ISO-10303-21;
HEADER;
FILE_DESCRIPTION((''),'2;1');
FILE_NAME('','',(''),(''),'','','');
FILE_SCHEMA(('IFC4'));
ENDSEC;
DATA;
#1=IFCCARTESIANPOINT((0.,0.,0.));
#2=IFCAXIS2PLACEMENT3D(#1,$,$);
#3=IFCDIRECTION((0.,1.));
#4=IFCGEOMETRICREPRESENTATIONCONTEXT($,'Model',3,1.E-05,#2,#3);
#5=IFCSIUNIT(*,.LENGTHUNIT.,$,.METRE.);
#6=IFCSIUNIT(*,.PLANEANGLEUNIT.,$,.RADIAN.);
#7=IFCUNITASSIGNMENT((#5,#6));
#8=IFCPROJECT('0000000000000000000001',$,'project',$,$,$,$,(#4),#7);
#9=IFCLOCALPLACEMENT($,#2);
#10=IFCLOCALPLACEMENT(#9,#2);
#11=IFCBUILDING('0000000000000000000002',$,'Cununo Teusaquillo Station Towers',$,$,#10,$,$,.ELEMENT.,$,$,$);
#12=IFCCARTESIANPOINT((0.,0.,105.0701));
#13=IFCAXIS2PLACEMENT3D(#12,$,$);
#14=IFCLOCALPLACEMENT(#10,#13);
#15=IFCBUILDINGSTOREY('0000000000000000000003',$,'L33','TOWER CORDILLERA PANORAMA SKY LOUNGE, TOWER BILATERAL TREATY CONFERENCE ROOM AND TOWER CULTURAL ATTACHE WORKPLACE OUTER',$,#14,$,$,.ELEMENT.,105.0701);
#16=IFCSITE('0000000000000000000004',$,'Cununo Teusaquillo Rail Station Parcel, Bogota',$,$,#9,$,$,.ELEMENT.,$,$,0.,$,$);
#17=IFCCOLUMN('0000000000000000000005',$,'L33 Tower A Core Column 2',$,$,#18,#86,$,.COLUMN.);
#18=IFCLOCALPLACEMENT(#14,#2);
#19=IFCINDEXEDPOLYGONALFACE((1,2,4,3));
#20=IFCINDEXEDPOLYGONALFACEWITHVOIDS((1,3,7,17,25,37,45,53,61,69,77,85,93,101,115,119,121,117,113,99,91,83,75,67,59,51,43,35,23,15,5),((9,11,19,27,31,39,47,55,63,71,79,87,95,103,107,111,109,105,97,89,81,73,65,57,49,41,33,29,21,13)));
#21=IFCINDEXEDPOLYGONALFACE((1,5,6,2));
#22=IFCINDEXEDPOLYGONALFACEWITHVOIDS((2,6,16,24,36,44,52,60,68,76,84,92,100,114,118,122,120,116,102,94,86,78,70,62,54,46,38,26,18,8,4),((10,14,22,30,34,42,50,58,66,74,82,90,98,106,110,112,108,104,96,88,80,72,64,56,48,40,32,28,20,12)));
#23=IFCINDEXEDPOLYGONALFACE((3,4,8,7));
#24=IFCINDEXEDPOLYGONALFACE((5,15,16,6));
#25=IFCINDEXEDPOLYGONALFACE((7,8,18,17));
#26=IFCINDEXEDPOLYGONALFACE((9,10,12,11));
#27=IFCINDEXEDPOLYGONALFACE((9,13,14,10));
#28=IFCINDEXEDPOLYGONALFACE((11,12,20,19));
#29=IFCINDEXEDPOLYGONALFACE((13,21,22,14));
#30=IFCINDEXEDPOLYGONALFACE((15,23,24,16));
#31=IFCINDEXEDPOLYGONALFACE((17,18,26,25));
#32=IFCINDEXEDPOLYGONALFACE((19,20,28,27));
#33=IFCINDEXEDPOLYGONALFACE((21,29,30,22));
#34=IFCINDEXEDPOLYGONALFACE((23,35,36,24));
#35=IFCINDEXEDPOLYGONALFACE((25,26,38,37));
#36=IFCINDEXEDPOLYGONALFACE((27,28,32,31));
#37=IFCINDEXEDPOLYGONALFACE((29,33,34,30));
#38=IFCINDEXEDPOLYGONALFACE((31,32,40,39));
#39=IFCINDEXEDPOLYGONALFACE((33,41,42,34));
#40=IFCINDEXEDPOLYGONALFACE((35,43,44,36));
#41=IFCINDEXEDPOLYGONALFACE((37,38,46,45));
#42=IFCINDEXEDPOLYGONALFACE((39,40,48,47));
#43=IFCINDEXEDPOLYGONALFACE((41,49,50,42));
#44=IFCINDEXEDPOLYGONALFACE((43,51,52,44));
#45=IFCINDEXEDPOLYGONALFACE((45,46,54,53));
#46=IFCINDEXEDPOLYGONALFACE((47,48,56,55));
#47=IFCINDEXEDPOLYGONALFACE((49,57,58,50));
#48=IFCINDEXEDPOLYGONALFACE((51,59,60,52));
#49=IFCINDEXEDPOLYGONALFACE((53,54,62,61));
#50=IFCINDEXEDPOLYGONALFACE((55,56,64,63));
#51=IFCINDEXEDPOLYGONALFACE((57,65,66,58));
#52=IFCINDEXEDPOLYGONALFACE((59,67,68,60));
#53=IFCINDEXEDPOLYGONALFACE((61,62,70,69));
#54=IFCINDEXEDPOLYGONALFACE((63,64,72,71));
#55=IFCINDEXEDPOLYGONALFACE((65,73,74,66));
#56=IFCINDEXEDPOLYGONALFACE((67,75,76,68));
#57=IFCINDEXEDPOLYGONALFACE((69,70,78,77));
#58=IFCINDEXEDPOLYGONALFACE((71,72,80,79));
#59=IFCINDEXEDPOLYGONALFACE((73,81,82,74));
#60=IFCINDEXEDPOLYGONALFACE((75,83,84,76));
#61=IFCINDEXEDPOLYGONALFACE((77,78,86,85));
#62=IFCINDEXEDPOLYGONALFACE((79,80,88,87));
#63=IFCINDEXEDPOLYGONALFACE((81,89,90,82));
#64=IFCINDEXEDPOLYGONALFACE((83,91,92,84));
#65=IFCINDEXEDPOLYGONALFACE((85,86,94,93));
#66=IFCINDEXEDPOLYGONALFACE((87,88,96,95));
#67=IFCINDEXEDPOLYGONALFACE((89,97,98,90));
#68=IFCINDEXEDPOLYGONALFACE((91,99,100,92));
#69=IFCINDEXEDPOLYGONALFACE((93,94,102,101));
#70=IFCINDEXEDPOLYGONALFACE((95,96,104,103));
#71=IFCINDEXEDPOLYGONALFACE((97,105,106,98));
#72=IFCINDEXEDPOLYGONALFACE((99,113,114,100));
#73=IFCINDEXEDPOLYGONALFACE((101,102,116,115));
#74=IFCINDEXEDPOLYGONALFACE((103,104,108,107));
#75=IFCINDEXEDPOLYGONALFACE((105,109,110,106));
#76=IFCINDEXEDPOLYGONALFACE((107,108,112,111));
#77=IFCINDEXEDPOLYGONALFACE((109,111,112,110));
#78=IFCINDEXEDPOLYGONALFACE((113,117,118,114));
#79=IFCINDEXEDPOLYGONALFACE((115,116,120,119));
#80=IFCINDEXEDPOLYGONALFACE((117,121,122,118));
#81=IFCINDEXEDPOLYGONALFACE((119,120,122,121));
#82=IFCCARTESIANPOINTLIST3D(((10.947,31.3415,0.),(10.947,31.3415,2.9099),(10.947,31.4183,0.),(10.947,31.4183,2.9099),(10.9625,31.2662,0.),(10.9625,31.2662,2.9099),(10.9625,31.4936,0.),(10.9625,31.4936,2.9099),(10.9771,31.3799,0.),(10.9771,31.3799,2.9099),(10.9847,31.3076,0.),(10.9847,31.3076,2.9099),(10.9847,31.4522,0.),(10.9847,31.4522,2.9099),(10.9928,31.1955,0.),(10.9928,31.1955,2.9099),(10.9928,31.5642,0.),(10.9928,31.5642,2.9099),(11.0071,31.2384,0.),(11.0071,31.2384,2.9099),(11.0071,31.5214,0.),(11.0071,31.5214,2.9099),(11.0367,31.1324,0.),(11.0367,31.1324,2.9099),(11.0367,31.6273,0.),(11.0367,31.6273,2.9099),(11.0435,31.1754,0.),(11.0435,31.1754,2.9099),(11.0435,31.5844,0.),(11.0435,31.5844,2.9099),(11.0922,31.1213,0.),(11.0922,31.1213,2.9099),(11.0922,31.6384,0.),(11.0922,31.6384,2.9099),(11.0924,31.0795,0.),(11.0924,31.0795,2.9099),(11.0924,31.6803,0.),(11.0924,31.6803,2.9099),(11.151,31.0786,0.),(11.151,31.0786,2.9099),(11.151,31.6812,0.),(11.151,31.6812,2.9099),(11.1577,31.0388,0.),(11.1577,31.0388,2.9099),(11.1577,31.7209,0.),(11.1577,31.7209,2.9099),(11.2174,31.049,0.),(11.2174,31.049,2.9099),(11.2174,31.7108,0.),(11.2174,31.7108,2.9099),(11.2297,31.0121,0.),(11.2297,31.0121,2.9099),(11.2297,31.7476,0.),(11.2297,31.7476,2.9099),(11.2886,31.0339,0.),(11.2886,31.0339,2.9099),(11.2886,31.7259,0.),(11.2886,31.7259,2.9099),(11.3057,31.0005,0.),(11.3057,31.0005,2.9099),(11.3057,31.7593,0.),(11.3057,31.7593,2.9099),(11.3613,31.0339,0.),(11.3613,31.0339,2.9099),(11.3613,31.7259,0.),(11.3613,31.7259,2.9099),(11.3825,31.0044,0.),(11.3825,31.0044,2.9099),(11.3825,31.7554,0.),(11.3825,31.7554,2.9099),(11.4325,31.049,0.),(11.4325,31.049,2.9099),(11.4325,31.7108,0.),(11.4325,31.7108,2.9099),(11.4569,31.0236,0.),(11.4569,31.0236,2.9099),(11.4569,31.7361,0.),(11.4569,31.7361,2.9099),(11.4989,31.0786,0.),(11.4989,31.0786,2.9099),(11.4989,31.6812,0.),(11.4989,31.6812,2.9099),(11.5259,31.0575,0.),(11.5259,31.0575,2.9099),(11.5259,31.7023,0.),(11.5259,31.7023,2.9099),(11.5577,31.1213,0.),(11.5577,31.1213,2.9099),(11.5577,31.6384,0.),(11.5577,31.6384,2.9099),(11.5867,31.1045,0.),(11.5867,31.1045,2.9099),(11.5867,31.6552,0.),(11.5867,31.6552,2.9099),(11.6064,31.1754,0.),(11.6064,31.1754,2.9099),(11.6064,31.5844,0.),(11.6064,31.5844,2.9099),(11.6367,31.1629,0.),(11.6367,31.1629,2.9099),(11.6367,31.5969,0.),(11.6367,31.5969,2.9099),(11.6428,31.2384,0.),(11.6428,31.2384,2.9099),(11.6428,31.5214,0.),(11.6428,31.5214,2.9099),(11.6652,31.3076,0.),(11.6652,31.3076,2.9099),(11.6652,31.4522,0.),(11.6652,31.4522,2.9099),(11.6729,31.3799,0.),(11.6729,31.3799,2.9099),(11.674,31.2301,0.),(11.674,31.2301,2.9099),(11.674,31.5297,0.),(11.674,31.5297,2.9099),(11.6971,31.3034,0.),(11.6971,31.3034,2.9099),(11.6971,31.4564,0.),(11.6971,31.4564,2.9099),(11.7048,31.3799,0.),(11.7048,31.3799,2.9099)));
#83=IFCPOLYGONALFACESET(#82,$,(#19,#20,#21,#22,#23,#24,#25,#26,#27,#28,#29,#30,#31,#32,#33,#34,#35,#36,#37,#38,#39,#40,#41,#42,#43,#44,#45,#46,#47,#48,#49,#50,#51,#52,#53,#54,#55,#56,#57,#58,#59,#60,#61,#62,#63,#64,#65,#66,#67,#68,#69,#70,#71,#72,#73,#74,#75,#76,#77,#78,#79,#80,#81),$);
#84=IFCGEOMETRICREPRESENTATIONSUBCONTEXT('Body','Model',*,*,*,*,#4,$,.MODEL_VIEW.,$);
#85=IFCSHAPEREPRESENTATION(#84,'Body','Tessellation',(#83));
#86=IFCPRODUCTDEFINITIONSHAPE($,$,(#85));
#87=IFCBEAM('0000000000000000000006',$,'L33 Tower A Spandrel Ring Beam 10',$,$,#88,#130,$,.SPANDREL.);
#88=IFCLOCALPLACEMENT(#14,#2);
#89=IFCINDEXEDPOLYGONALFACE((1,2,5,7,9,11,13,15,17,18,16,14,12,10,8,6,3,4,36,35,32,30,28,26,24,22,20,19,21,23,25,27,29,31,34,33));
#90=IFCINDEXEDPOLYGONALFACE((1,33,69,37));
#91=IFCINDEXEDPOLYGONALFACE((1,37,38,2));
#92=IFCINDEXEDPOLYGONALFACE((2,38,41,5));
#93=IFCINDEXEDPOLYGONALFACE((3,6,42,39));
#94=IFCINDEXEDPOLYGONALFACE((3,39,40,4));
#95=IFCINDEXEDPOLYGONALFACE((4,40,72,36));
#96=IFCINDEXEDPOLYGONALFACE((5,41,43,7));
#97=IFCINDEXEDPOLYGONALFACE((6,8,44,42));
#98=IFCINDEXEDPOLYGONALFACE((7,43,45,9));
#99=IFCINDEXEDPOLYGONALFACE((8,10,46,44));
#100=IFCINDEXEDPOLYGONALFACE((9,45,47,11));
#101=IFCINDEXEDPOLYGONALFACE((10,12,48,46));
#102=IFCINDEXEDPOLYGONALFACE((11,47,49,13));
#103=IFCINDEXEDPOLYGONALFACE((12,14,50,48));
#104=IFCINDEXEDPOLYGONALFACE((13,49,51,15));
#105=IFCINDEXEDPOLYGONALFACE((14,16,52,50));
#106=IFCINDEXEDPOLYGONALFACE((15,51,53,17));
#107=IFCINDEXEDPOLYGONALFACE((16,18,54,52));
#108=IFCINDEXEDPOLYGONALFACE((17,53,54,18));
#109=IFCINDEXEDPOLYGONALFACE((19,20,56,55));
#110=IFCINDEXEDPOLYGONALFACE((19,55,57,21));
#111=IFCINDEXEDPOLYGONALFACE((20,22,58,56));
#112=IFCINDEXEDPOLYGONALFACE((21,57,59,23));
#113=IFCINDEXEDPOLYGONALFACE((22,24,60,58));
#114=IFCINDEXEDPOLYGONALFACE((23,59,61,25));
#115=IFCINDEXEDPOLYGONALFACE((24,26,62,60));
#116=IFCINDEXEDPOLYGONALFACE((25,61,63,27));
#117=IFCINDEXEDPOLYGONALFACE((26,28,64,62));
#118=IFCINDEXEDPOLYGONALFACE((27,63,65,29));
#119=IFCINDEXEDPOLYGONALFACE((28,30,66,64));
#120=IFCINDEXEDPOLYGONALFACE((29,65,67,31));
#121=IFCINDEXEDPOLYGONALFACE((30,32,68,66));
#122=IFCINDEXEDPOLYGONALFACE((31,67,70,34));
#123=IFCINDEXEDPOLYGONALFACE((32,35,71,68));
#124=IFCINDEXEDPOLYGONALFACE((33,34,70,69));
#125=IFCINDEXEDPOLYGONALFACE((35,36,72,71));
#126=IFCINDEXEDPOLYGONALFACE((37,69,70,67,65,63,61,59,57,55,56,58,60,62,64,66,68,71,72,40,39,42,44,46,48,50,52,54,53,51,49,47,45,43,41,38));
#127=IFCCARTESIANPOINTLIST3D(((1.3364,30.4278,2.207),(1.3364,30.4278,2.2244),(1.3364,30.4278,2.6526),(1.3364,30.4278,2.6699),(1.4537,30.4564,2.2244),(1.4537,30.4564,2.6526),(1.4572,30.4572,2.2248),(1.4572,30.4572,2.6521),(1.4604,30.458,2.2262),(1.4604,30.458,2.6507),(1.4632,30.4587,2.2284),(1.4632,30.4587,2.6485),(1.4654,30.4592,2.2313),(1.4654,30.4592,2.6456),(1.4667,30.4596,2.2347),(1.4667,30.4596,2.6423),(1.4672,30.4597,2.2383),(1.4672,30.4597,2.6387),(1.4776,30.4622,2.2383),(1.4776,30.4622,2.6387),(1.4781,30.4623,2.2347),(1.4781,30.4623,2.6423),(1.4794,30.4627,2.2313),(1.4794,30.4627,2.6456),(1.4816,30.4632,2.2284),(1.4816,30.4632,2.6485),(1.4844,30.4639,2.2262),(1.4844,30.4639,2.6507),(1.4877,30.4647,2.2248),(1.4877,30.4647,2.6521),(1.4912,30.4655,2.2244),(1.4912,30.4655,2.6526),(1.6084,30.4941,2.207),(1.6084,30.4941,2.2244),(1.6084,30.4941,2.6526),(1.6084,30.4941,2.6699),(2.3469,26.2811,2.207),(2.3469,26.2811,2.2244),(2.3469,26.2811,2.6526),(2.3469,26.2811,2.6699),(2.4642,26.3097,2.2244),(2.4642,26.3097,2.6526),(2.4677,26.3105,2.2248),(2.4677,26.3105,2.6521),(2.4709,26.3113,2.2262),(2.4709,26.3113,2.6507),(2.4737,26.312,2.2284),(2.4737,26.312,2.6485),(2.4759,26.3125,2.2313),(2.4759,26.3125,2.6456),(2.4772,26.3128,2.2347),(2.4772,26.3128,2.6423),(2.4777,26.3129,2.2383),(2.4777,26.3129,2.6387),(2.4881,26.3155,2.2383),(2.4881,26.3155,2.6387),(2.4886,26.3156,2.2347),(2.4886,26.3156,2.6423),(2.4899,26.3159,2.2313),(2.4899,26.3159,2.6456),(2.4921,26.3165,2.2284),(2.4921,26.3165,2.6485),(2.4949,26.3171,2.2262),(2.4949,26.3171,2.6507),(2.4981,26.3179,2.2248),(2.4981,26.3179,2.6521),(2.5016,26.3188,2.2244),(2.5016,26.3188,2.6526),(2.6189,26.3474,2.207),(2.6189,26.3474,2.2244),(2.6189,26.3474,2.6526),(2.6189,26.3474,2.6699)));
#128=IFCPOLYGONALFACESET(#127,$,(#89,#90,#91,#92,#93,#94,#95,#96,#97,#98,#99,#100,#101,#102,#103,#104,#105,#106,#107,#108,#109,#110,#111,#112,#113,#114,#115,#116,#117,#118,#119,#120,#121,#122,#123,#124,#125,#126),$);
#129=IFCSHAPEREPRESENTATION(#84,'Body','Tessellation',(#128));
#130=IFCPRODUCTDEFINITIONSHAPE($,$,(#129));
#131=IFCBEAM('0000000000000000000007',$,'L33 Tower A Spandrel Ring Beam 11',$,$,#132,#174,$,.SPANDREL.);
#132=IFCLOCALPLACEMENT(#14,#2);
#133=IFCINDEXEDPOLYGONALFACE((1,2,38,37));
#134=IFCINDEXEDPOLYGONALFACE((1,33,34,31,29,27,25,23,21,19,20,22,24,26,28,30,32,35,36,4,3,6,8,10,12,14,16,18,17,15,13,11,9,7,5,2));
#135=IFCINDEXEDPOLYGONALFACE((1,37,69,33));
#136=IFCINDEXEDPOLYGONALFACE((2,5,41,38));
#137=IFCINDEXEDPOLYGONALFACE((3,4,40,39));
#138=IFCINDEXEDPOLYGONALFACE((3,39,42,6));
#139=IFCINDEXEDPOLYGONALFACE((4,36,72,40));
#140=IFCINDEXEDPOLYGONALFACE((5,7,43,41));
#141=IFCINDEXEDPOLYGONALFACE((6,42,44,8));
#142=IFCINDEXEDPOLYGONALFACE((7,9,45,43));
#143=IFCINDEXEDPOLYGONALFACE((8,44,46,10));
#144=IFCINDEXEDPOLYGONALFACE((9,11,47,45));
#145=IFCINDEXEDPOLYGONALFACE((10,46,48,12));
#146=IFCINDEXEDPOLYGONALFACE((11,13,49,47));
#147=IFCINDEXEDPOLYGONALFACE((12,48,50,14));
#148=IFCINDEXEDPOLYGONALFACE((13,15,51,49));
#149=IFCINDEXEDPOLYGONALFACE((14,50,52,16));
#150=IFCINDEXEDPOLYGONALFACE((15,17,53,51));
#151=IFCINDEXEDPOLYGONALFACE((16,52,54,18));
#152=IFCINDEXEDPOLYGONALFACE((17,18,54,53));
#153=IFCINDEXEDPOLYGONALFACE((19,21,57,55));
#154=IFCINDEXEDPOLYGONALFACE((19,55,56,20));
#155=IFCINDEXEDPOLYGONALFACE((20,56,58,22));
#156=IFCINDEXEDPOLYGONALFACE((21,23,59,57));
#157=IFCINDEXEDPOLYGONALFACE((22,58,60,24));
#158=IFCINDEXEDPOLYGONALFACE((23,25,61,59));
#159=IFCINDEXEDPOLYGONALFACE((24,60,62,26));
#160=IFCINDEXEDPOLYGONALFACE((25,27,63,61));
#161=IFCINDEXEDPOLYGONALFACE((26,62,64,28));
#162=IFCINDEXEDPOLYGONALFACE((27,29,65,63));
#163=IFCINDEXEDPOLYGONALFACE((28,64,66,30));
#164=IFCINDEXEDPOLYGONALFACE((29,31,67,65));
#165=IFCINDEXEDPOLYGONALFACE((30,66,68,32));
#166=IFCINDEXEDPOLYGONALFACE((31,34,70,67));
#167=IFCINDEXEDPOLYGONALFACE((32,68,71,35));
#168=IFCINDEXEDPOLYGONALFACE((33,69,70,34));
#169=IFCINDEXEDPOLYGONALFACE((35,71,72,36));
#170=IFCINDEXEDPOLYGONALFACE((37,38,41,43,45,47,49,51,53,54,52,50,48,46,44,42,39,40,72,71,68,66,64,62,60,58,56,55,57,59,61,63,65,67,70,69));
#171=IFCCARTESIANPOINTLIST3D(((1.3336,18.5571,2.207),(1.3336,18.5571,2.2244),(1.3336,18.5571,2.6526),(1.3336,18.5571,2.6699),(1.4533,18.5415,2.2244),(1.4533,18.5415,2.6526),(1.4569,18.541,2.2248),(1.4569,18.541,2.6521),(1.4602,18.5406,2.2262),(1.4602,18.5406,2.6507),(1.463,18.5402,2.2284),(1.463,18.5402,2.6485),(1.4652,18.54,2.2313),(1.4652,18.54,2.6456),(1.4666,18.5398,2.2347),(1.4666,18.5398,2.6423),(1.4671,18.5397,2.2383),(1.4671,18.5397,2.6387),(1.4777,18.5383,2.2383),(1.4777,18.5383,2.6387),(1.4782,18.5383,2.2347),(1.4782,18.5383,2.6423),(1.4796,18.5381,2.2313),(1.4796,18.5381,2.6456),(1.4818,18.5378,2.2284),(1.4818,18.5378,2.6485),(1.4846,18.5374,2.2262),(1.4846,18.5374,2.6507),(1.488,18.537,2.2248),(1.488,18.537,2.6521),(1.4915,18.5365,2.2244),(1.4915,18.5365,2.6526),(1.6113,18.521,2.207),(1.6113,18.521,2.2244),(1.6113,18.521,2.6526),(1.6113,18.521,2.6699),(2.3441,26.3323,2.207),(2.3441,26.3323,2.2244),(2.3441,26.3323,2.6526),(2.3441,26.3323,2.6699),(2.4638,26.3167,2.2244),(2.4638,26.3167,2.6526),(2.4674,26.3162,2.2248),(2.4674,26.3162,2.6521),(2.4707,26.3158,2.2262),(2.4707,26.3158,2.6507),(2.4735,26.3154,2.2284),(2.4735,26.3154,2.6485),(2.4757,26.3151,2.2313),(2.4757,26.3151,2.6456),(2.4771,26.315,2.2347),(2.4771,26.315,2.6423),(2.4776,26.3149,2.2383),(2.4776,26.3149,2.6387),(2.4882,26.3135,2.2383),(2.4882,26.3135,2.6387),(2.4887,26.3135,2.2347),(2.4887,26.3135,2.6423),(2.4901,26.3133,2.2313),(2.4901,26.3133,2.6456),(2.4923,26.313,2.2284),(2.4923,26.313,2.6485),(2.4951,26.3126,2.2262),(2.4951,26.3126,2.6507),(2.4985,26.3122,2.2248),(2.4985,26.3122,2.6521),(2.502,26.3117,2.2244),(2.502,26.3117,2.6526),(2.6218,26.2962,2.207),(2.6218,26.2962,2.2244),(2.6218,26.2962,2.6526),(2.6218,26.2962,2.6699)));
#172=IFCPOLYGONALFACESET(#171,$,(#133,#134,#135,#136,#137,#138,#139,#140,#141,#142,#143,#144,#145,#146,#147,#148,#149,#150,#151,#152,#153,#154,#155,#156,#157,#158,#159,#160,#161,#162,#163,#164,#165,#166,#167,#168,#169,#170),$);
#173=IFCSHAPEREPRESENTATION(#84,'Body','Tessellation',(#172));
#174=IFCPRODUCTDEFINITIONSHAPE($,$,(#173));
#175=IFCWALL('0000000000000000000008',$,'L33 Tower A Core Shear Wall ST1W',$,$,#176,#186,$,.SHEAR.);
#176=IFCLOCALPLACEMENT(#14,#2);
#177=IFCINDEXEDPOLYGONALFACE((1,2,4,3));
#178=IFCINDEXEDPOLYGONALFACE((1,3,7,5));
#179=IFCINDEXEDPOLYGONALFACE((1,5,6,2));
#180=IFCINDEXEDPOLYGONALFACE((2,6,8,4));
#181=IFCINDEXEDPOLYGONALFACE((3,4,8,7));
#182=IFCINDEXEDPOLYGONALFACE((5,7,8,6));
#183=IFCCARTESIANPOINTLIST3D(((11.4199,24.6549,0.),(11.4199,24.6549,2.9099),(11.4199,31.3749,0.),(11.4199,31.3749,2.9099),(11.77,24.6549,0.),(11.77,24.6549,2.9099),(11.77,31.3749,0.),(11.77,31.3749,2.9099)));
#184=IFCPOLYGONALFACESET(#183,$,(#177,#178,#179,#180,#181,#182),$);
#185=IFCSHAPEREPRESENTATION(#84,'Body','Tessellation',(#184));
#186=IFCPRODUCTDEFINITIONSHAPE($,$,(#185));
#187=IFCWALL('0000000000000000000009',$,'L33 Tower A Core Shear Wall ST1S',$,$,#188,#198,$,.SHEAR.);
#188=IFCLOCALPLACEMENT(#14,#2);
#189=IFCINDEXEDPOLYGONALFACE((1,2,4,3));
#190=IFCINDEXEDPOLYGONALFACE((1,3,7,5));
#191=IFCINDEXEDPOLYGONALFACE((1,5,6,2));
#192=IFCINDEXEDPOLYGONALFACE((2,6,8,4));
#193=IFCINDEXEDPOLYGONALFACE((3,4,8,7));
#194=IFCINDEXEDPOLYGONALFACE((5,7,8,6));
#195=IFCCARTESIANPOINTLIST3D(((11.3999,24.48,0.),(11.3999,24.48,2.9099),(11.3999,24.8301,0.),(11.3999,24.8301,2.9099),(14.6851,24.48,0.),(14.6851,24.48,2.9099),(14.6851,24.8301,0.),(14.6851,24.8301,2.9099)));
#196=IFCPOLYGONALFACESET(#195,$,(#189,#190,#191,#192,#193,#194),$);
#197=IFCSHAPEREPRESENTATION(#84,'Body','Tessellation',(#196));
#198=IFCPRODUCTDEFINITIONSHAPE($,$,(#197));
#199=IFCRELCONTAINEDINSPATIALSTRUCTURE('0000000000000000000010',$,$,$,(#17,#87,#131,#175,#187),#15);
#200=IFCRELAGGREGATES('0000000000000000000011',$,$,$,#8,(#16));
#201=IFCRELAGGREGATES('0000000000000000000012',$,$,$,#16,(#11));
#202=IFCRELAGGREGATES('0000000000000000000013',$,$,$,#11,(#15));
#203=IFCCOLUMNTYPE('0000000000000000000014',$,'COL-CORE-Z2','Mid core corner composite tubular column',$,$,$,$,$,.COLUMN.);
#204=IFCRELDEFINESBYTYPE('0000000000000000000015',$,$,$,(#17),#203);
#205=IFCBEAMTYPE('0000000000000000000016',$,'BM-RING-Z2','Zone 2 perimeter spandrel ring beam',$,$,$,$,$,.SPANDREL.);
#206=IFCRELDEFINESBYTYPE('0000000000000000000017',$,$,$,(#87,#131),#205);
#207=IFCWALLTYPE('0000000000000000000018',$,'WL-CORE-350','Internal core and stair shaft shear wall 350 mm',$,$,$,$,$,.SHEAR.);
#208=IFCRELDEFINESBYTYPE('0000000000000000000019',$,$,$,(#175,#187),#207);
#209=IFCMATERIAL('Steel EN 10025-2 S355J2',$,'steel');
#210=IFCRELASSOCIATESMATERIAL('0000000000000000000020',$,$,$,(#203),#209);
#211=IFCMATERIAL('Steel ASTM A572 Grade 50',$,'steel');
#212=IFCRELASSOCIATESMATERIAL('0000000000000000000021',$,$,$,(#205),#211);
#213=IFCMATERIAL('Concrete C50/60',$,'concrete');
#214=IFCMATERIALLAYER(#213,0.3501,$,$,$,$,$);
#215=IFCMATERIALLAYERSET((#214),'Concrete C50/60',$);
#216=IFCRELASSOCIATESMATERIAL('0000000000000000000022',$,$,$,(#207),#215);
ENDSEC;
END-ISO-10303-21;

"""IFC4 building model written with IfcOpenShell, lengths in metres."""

from ifc_helpers import new_model, si_unit, direction, frame, frame_2d, origin, origin_2d, place, context, subcontext, project, spatial, rectangle, hollow_circle, i_section, extrude, material, layer, layer_set, material_profile, profile_set, type_object, element, save


model = new_model("IFC4")

# Units and contexts
model_context = context("Model", 3, precision=1e-05, world=origin(), true_north=direction((0.0, 1.0)))
body_context = subcontext(model_context, "Body", "Model", "MODEL_VIEW")
ifc_project = project(units=[si_unit("LENGTHUNIT", "METRE"), si_unit("PLANEANGLEUNIT", "RADIAN")], contexts=[model_context])

# Site, building, storey
site_placement = place(None, origin())
site = spatial("IfcSite", under=ifc_project, at=site_placement, Name="Cununo Teusaquillo Rail Station Parcel, Bogota", CompositionType="ELEMENT", RefElevation=0.0)
building_placement = place(site_placement, origin())
building = spatial("IfcBuilding", under=site, at=building_placement, Name="Cununo Teusaquillo Station Towers", CompositionType="ELEMENT")
storey_placement = place(building_placement, frame((0.0, 0.0, 105.0701)))
storey = spatial("IfcBuildingStorey", under=building, at=storey_placement, Name="L33", Description="TOWER CORDILLERA PANORAMA SKY LOUNGE, TOWER BILATERAL TREATY CONFERENCE ROOM AND TOWER CULTURAL ATTACHE WORKPLACE OUTER", CompositionType="ELEMENT", Elevation=105.0701)

# Column
ifc_material_1 = material(Name="Steel EN 10025-2 S355J2", Category="steel")
ifc_material_profile_1 = material_profile(ifc_material_1, hollow_circle(Radius=0.3799, WallThickness=0.032, at=origin_2d()), Name="CHS 760x32")
ifc_profile_set_1 = profile_set([ifc_material_profile_1], Name="Steel EN 10025-2 S355J2")
column_type = type_object("IfcColumnType", Name="COL-CORE-Z2", Description="Mid core corner composite tubular column", PredefinedType="COLUMN", material=ifc_profile_set_1)
column_placement = place(storey_placement, frame((11.325, 31.3799, 0.0), z_axis=(0.0, 0.0, 1.0), x_axis=(1.0, 0.0, 0.0)))
element("IfcColumn", 1, at=column_placement, inside=storey, type_object=column_type, Name="L33 Tower A Core Column 2", PredefinedType="COLUMN", context=body_context, shape_type="SweptSolid", body=[
    extrude(hollow_circle(Radius=0.3799, WallThickness=0.032, at=origin_2d()), origin(), (0.0, 0.0, 1.0), 2.9099),
])

# Beams
ifc_material_2 = material(Name="Steel ASTM A572 Grade 50", Category="steel")
ifc_material_profile_2 = material_profile(ifc_material_2, i_section(OverallWidth=0.28, OverallDepth=0.4629, WebThickness=0.0107, FlangeThickness=0.0173, FilletRadius=0.0139, at=origin_2d()), Name="W18X76")
ifc_profile_set_2 = profile_set([ifc_material_profile_2], Name="Steel ASTM A572 Grade 50")
beam_type = type_object("IfcBeamType", Name="BM-RING-Z2", Description="Zone 2 perimeter spandrel ring beam", PredefinedType="SPANDREL", material=ifc_profile_set_2)
beam_1_placement = place(storey_placement, frame((1.4724, 30.4609, 2.4385), z_axis=(0.236757, -0.971569, 0.0), x_axis=(0.971569, 0.236757, 0.0)))
element("IfcBeam", 2, at=beam_1_placement, inside=storey, type_object=beam_type, Name="L33 Tower A Spandrel Ring Beam 10", PredefinedType="SPANDREL", context=body_context, shape_type="SweptSolid", body=[
    extrude(i_section(OverallWidth=0.28, OverallDepth=0.4629, WebThickness=0.0107, FlangeThickness=0.0173, FilletRadius=0.0139, at=origin_2d()), origin(), (0.0, 0.0, 1.0), 4.2681),
])
beam_2_placement = place(storey_placement, frame((2.4829, 26.3142, 2.4385), z_axis=(-0.128881, -0.99166, 0.0), x_axis=(0.99166, -0.128881, 0.0)))
element("IfcBeam", 3, at=beam_2_placement, inside=storey, type_object=beam_type, Name="L33 Tower A Spandrel Ring Beam 11", PredefinedType="SPANDREL", context=body_context, shape_type="SweptSolid", body=[
    extrude(i_section(OverallWidth=0.28, OverallDepth=0.4629, WebThickness=0.0107, FlangeThickness=0.0173, FilletRadius=0.0139, at=origin_2d()), origin(), (0.0, 0.0, 1.0), 7.8406),
])

# Walls
ifc_material_3 = material(Name="Concrete C50/60", Category="concrete")
ifc_layer_1 = layer(ifc_material_3, 0.3501)
ifc_layer_set_1 = layer_set([ifc_layer_1], Name="Concrete C50/60")
wall_type_1 = type_object("IfcWallType", Name="WL-CORE-350", Description="Internal core and stair shaft shear wall 350 mm", PredefinedType="SHEAR", material=ifc_layer_set_1)
wall_1_placement = place(storey_placement, frame((11.595, 24.655, 0.0), z_axis=(0.0, 0.0, 1.0), x_axis=(0.0, 1.0, 0.0)))
element("IfcWall", 4, at=wall_1_placement, inside=storey, type_object=wall_type_1, Name="L33 Tower A Core Shear Wall ST1W", PredefinedType="SHEAR", context=body_context, shape_type="SweptSolid", body=[
    extrude(rectangle(XDim=6.72, YDim=0.3501, at=frame_2d((3.3599, 0.0))), origin(), (0.0, 0.0, 1.0), 2.9099),
])
wall_2_placement = place(storey_placement, frame((11.3999, 24.655, 0.0), z_axis=(0.0, 0.0, 1.0), x_axis=(1.0, 0.0, 0.0)))
element("IfcWall", 5, at=wall_2_placement, inside=storey, type_object=wall_type_1, Name="L33 Tower A Core Shear Wall ST1S", PredefinedType="SHEAR", context=body_context, shape_type="SweptSolid", body=[
    extrude(rectangle(XDim=3.2852, YDim=0.3501, at=frame_2d((1.6426, 0.0))), origin(), (0.0, 0.0, 1.0), 2.9099),
])

save(model, "model.ifc")
